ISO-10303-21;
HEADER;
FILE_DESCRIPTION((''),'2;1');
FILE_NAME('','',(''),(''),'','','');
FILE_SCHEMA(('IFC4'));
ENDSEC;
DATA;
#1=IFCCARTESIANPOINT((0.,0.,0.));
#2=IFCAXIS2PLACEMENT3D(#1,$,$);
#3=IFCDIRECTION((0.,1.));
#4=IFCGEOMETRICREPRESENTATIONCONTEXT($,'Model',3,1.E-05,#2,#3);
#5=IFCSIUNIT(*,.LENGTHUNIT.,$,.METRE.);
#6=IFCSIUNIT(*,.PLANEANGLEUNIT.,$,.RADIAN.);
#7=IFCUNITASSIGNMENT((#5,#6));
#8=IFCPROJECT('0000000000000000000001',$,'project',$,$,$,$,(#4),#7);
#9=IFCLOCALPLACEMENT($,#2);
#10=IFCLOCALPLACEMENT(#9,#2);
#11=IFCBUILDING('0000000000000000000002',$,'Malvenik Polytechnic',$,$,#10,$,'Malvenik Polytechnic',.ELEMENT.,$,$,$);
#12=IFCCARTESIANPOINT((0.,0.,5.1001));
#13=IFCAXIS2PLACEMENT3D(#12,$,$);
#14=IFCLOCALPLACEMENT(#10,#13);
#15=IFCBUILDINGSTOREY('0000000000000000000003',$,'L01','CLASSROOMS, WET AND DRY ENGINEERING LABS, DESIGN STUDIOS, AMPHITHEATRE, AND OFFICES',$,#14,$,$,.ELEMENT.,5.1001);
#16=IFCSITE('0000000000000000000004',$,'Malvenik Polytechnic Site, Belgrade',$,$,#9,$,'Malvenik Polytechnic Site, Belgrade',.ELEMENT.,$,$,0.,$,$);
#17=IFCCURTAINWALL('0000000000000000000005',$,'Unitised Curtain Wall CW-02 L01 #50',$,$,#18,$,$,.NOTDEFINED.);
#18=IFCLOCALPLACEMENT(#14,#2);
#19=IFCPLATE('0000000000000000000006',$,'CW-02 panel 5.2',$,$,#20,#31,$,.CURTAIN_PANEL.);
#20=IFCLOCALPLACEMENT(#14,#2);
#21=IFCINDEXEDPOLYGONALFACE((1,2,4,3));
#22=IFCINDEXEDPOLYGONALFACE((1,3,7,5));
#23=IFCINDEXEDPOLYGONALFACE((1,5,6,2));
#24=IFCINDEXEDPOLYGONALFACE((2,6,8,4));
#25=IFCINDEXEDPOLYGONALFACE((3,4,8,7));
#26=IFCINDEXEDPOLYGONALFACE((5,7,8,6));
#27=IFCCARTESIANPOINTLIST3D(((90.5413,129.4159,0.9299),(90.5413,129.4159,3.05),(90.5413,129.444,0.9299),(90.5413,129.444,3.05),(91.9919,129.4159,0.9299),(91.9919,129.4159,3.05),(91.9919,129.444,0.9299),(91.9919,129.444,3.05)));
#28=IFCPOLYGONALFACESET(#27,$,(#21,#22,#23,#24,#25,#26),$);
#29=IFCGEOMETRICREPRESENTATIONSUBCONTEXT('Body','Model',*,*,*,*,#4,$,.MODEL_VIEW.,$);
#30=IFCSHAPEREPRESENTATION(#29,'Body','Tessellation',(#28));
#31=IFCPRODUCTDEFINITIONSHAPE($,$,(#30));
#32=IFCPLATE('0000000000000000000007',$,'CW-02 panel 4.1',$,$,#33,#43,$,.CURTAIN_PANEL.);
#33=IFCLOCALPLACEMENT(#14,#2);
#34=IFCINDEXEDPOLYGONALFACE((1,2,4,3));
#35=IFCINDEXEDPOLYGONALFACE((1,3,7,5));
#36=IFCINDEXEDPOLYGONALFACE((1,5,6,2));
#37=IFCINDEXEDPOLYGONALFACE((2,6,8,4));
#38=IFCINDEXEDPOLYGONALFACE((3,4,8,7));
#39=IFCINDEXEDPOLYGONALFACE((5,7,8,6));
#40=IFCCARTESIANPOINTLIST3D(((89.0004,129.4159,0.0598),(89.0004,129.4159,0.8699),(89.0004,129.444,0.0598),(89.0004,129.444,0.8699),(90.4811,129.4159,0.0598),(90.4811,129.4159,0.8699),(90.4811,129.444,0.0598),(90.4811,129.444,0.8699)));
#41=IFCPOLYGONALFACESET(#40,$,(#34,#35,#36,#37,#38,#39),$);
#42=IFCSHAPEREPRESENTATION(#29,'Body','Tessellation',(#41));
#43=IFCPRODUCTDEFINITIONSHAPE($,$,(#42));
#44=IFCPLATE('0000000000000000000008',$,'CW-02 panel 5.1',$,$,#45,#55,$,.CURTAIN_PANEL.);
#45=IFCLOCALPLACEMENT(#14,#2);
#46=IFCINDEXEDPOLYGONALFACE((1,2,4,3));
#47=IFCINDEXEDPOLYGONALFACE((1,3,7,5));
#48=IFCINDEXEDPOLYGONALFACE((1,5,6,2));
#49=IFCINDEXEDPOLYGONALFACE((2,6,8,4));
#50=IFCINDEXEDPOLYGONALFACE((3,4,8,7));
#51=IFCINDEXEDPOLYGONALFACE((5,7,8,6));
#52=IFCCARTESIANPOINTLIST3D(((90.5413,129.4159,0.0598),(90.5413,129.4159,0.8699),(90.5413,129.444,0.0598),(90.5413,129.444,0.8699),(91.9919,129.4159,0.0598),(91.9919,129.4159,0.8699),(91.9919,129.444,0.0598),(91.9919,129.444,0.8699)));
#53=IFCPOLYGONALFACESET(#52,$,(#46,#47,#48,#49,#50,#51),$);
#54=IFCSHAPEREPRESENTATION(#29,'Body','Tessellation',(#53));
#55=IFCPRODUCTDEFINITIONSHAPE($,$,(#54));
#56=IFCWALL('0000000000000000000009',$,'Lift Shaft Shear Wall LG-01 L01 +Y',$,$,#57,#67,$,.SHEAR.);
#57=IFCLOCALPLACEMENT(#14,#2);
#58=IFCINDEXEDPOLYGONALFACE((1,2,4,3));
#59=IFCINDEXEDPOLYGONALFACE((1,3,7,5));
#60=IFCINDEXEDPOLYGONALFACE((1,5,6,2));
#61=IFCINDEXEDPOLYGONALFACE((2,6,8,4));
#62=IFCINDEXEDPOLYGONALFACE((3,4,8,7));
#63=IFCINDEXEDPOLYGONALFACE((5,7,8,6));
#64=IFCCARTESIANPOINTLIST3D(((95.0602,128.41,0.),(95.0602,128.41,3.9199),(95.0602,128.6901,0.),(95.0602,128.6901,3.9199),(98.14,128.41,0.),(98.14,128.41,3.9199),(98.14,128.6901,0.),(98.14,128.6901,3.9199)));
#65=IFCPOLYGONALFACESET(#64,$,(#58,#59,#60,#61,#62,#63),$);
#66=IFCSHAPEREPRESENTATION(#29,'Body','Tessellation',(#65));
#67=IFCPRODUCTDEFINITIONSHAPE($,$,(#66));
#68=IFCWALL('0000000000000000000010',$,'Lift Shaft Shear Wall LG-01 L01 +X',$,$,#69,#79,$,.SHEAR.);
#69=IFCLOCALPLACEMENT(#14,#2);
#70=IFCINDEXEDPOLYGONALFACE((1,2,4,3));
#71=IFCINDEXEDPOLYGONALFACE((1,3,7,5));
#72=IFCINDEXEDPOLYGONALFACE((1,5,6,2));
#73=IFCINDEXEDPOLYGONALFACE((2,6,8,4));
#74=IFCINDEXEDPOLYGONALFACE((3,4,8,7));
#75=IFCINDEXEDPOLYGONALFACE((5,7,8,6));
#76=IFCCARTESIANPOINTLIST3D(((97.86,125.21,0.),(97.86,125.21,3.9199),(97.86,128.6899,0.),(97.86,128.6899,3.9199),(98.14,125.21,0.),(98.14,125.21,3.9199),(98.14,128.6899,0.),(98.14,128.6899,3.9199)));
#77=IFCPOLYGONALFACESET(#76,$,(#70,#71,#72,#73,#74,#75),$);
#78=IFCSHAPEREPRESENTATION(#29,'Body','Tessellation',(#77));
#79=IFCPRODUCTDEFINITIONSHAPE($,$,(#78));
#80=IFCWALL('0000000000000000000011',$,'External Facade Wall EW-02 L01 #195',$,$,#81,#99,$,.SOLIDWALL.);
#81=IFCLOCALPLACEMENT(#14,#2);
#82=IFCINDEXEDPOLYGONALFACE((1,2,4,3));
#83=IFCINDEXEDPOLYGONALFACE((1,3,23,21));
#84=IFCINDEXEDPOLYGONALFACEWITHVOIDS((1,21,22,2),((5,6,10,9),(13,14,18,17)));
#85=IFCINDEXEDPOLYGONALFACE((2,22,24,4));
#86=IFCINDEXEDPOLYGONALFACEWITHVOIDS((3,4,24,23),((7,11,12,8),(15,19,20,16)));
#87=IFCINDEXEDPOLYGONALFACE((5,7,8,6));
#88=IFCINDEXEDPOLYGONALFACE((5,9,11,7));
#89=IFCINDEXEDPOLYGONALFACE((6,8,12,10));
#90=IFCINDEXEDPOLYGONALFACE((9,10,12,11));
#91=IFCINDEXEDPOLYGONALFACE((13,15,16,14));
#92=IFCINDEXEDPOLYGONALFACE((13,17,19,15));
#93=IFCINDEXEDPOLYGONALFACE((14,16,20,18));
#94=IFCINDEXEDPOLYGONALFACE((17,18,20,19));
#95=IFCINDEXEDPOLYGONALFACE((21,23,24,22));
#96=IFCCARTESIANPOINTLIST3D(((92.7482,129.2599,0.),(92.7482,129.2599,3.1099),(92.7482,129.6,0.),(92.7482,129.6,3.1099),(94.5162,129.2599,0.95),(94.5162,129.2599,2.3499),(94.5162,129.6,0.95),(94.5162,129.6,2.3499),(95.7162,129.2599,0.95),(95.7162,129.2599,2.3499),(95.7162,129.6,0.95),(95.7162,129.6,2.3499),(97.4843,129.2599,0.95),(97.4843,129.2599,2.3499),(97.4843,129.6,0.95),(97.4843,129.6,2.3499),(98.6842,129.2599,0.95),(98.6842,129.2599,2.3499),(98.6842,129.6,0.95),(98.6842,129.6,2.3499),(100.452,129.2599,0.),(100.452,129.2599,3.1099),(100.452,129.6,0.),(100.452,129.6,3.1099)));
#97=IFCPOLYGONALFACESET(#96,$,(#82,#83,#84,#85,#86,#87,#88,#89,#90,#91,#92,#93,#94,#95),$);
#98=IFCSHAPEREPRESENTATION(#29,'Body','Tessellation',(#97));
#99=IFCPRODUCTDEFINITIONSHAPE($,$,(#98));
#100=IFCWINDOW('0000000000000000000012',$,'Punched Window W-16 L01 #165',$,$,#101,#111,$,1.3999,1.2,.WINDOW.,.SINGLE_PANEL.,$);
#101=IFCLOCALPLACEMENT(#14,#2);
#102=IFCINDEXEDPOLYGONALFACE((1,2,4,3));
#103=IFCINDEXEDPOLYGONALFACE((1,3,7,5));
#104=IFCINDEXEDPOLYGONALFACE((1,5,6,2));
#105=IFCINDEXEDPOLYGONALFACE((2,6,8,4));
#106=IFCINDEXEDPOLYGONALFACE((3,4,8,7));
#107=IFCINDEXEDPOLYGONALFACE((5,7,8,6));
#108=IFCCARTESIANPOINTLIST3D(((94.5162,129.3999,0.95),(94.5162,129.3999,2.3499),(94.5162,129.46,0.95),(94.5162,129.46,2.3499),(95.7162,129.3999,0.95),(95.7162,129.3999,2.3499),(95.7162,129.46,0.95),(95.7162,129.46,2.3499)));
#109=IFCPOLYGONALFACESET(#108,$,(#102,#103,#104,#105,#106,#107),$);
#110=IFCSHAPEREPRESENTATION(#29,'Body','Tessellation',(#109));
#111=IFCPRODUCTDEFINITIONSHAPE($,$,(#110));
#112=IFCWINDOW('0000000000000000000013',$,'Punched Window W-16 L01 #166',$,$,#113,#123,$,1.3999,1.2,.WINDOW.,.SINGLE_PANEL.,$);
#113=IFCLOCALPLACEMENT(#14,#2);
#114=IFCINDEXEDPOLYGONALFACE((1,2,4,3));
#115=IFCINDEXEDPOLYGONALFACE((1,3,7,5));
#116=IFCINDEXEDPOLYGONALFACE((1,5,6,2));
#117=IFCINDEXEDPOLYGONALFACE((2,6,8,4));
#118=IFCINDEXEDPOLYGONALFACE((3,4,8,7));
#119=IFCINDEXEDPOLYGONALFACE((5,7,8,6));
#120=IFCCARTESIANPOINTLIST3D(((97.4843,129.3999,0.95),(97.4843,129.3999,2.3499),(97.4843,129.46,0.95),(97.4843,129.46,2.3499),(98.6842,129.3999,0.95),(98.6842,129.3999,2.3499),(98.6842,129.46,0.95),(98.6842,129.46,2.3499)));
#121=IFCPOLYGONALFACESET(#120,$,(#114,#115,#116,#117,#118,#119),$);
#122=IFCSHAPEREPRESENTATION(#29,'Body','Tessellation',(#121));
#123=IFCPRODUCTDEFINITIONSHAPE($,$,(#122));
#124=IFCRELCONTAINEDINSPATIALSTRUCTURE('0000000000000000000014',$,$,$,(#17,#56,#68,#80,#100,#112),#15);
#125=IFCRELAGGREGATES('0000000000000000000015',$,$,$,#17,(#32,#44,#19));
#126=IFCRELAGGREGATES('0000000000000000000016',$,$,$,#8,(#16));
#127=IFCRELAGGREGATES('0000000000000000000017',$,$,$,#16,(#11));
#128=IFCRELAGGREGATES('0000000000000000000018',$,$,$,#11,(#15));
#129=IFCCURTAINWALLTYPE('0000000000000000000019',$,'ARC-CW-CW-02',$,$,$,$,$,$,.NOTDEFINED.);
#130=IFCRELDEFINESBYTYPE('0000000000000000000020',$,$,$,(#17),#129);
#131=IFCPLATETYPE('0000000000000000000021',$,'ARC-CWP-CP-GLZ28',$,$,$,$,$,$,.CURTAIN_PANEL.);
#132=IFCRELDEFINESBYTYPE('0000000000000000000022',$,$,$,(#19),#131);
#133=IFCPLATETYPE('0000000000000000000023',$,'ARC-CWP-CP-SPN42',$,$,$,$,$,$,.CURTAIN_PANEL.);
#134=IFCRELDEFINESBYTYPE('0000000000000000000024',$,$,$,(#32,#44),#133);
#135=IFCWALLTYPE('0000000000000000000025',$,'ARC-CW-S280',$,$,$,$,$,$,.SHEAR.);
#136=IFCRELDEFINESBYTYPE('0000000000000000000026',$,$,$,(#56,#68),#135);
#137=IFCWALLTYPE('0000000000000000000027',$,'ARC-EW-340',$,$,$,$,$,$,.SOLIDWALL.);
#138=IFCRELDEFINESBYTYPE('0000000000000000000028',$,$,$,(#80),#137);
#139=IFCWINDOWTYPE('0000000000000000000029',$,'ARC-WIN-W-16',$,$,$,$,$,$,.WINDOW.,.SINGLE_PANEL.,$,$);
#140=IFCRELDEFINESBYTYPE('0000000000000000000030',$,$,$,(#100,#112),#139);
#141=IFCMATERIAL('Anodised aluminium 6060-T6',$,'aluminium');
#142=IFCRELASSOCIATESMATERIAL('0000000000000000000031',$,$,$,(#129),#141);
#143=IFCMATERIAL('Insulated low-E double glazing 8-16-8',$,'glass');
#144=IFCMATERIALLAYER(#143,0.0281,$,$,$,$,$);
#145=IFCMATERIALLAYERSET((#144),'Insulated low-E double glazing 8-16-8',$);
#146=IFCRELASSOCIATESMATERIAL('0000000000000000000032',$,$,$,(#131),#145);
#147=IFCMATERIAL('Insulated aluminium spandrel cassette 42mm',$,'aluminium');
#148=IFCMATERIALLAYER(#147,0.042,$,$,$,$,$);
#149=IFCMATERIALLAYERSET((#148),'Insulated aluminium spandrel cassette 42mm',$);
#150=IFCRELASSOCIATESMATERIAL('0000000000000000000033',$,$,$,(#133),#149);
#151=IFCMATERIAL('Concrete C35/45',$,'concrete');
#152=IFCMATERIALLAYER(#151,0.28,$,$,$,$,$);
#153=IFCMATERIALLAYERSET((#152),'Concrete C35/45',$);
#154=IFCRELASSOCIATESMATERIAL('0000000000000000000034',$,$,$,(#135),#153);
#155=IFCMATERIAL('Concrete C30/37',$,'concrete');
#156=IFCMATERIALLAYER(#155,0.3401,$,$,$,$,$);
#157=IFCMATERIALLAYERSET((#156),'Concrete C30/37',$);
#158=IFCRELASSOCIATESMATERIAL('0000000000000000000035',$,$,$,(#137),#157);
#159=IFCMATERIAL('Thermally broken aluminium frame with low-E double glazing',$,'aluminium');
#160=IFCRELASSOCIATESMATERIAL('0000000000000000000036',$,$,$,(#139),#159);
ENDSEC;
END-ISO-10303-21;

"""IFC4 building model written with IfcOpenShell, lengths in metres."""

from ifc_helpers import new_model, si_unit, direction, frame, frame_2d, origin, origin_2d, place, context, subcontext, project, spatial, rectangle, extrude, material, layer, layer_set, type_object, element, fill, aggregate, save


model = new_model("IFC4")

# Units and contexts
model_context = context("Model", 3, precision=1e-05, world=origin(), true_north=direction((0.0, 1.0)))
body_context = subcontext(model_context, "Body", "Model", "MODEL_VIEW")
ifc_project = project(units=[si_unit("LENGTHUNIT", "METRE"), si_unit("PLANEANGLEUNIT", "RADIAN")], contexts=[model_context])

# Site, building, storey
site_placement = place(None, origin())
site = spatial("IfcSite", under=ifc_project, at=site_placement, Name="Malvenik Polytechnic Site, Belgrade", LongName="Malvenik Polytechnic Site, Belgrade", CompositionType="ELEMENT", RefElevation=0.0)
building_placement = place(site_placement, origin())
building = spatial("IfcBuilding", under=site, at=building_placement, Name="Malvenik Polytechnic", LongName="Malvenik Polytechnic", CompositionType="ELEMENT")
storey_placement = place(building_placement, frame((0.0, 0.0, 5.1001)))
storey = spatial("IfcBuildingStorey", under=building, at=storey_placement, Name="L01", Description="CLASSROOMS, WET AND DRY ENGINEERING LABS, DESIGN STUDIOS, AMPHITHEATRE, AND OFFICES", CompositionType="ELEMENT", Elevation=5.1001)

# Curtain wall
ifc_material_1 = material(Name="Anodised aluminium 6060-T6", Category="aluminium")
curtain_wall_type = type_object("IfcCurtainWallType", Name="ARC-CW-CW-02", PredefinedType="NOTDEFINED", material=ifc_material_1)
curtain_wall_placement = place(storey_placement, origin())
curtain_wall = element("IfcCurtainWall", 1, at=curtain_wall_placement, inside=storey, type_object=curtain_wall_type, Name="Unitised Curtain Wall CW-02 L01 #50", PredefinedType="NOTDEFINED")

# Plates
ifc_material_2 = material(Name="Insulated low-E double glazing 8-16-8", Category="glass")
ifc_layer_1 = layer(ifc_material_2, 0.0281)
ifc_layer_set_1 = layer_set([ifc_layer_1], Name="Insulated low-E double glazing 8-16-8")
plate_type_1 = type_object("IfcPlateType", Name="ARC-CWP-CP-GLZ28", PredefinedType="CURTAIN_PANEL", material=ifc_layer_set_1)
plate_1_placement = place(storey_placement, frame((91.2666, 129.4299, 0.9299), z_axis=(0.0, 0.0, 1.0), x_axis=(1.0, 0.0, 0.0)))
plate_1 = element("IfcPlate", 2, at=plate_1_placement, type_object=plate_type_1, Name="CW-02 panel 5.2", PredefinedType="CURTAIN_PANEL", context=body_context, shape_type="SweptSolid", body=[
    extrude(rectangle(XDim=1.4507, YDim=0.0281, at=origin_2d()), origin(), (0.0, 0.0, 1.0), 2.1201),
])
ifc_material_3 = material(Name="Insulated aluminium spandrel cassette 42mm", Category="aluminium")
ifc_layer_2 = layer(ifc_material_3, 0.042)
ifc_layer_set_2 = layer_set([ifc_layer_2], Name="Insulated aluminium spandrel cassette 42mm")
plate_type_2 = type_object("IfcPlateType", Name="ARC-CWP-CP-SPN42", PredefinedType="CURTAIN_PANEL", material=ifc_layer_set_2)
plate_2_placement = place(storey_placement, frame((89.7407, 129.4299, 0.0598), z_axis=(0.0, 0.0, 1.0), x_axis=(1.0, 0.0, 0.0)))
plate_2 = element("IfcPlate", 3, at=plate_2_placement, type_object=plate_type_2, Name="CW-02 panel 4.1", PredefinedType="CURTAIN_PANEL", context=body_context, shape_type="SweptSolid", body=[
    extrude(rectangle(XDim=1.4807, YDim=0.0281, at=origin_2d()), origin(), (0.0, 0.0, 1.0), 0.8101),
])
plate_3_placement = place(storey_placement, frame((91.2666, 129.4299, 0.0598), z_axis=(0.0, 0.0, 1.0), x_axis=(1.0, 0.0, 0.0)))
plate_3 = element("IfcPlate", 4, at=plate_3_placement, type_object=plate_type_2, Name="CW-02 panel 5.1", PredefinedType="CURTAIN_PANEL", context=body_context, shape_type="SweptSolid", body=[
    extrude(rectangle(XDim=1.4507, YDim=0.0281, at=origin_2d()), origin(), (0.0, 0.0, 1.0), 0.8101),
])
aggregate(curtain_wall, [plate_2, plate_3, plate_1])

# Walls
ifc_material_4 = material(Name="Concrete C35/45", Category="concrete")
ifc_layer_3 = layer(ifc_material_4, 0.28)
ifc_layer_set_3 = layer_set([ifc_layer_3], Name="Concrete C35/45")
wall_type_1 = type_object("IfcWallType", Name="ARC-CW-S280", PredefinedType="SHEAR", material=ifc_layer_set_3)
wall_1_placement = place(storey_placement, frame((95.0601, 128.55, 0.0), z_axis=(0.0, 0.0, 1.0), x_axis=(1.0, 0.0, 0.0)))
element("IfcWall", 5, at=wall_1_placement, inside=storey, type_object=wall_type_1, Name="Lift Shaft Shear Wall LG-01 L01 +Y", PredefinedType="SHEAR", context=body_context, shape_type="SweptSolid", body=[
    extrude(rectangle(XDim=3.0798, YDim=0.28, at=frame_2d((1.54, 0.0))), origin(), (0.0, 0.0, 1.0), 3.9199),
])
wall_2_placement = place(storey_placement, frame((98.0, 128.6899, 0.0), z_axis=(0.0, 0.0, 1.0), x_axis=(0.0, -1.0, 0.0)))
element("IfcWall", 6, at=wall_2_placement, inside=storey, type_object=wall_type_1, Name="Lift Shaft Shear Wall LG-01 L01 +X", PredefinedType="SHEAR", context=body_context, shape_type="SweptSolid", body=[
    extrude(rectangle(XDim=3.48, YDim=0.28, at=frame_2d((1.74, 0.0))), origin(), (0.0, 0.0, 1.0), 3.9199),
])

# Wall, openings, windows
ifc_material_5 = material(Name="Concrete C30/37", Category="concrete")
ifc_layer_4 = layer(ifc_material_5, 0.3401)
ifc_layer_set_4 = layer_set([ifc_layer_4], Name="Concrete C30/37")
wall_type_2 = type_object("IfcWallType", Name="ARC-EW-340", PredefinedType="SOLIDWALL", material=ifc_layer_set_4)
wall_3_placement = place(storey_placement, frame((92.748, 129.4299, 0.0), z_axis=(0.0, 0.0, 1.0), x_axis=(1.0, 0.0, 0.0)))
wall_3 = element("IfcWall", 7, at=wall_3_placement, inside=storey, type_object=wall_type_2, Name="External Facade Wall EW-02 L01 #195", PredefinedType="SOLIDWALL", context=body_context, shape_type="SweptSolid", body=[
    extrude(rectangle(XDim=7.7039, YDim=0.3401, at=frame_2d((3.8521, 0.0))), origin(), (0.0, 0.0, 1.0), 3.1099),
])
opening_1_placement = place(wall_3_placement, frame((1.7681, 0.0, 0.95)))
opening_1 = element("IfcOpeningElement", 8, at=opening_1_placement, cuts=wall_3, PredefinedType="OPENING", context=body_context, shape_type="SweptSolid", body=[
    extrude(rectangle(XDim=1.2, YDim=1.3999, at=frame_2d((0.6001, 0.7))), frame((0.0, 0.1802, 0.0), z_axis=(0.0, -1.0, 0.0), x_axis=(1.0, 0.0, 0.0)), (0.0, 0.0, 1.0), 0.3601),
])
opening_2_placement = place(wall_3_placement, frame((4.7361, 0.0, 0.95)))
opening_2 = element("IfcOpeningElement", 9, at=opening_2_placement, cuts=wall_3, PredefinedType="OPENING", context=body_context, shape_type="SweptSolid", body=[
    extrude(rectangle(XDim=1.2, YDim=1.3999, at=frame_2d((0.6001, 0.7))), frame((0.0, 0.1802, 0.0), z_axis=(0.0, -1.0, 0.0), x_axis=(1.0, 0.0, 0.0)), (0.0, 0.0, 1.0), 0.3601),
])
ifc_material_6 = material(Name="Thermally broken aluminium frame with low-E double glazing", Category="aluminium")
window_type = type_object("IfcWindowType", Name="ARC-WIN-W-16", PartitioningType="SINGLE_PANEL", PredefinedType="WINDOW", material=ifc_material_6)
window_1_placement = place(opening_1_placement, origin())
window_1 = element("IfcWindow", 10, at=window_1_placement, inside=storey, type_object=window_type, Name="Punched Window W-16 L01 #165", OverallHeight=1.3999, OverallWidth=1.2, PartitioningType="SINGLE_PANEL", PredefinedType="WINDOW", context=body_context, shape_type="SweptSolid", body=[
    extrude(rectangle(XDim=1.2, YDim=1.3999, at=frame_2d((0.6001, 0.7))), frame((0.0, 0.03, 0.0), z_axis=(0.0, -1.0, 0.0), x_axis=(1.0, 0.0, 0.0)), (0.0, 0.0, 1.0), 0.0601),
])
fill(opening_1, window_1)
window_2_placement = place(opening_2_placement, origin())
window_2 = element("IfcWindow", 11, at=window_2_placement, inside=storey, type_object=window_type, Name="Punched Window W-16 L01 #166", OverallHeight=1.3999, OverallWidth=1.2, PartitioningType="SINGLE_PANEL", PredefinedType="WINDOW", context=body_context, shape_type="SweptSolid", body=[
    extrude(rectangle(XDim=1.2, YDim=1.3999, at=frame_2d((0.6001, 0.7))), frame((0.0, 0.03, 0.0), z_axis=(0.0, -1.0, 0.0), x_axis=(1.0, 0.0, 0.0)), (0.0, 0.0, 1.0), 0.0601),
])
fill(opening_2, window_2)

save(model, "model.ifc")
